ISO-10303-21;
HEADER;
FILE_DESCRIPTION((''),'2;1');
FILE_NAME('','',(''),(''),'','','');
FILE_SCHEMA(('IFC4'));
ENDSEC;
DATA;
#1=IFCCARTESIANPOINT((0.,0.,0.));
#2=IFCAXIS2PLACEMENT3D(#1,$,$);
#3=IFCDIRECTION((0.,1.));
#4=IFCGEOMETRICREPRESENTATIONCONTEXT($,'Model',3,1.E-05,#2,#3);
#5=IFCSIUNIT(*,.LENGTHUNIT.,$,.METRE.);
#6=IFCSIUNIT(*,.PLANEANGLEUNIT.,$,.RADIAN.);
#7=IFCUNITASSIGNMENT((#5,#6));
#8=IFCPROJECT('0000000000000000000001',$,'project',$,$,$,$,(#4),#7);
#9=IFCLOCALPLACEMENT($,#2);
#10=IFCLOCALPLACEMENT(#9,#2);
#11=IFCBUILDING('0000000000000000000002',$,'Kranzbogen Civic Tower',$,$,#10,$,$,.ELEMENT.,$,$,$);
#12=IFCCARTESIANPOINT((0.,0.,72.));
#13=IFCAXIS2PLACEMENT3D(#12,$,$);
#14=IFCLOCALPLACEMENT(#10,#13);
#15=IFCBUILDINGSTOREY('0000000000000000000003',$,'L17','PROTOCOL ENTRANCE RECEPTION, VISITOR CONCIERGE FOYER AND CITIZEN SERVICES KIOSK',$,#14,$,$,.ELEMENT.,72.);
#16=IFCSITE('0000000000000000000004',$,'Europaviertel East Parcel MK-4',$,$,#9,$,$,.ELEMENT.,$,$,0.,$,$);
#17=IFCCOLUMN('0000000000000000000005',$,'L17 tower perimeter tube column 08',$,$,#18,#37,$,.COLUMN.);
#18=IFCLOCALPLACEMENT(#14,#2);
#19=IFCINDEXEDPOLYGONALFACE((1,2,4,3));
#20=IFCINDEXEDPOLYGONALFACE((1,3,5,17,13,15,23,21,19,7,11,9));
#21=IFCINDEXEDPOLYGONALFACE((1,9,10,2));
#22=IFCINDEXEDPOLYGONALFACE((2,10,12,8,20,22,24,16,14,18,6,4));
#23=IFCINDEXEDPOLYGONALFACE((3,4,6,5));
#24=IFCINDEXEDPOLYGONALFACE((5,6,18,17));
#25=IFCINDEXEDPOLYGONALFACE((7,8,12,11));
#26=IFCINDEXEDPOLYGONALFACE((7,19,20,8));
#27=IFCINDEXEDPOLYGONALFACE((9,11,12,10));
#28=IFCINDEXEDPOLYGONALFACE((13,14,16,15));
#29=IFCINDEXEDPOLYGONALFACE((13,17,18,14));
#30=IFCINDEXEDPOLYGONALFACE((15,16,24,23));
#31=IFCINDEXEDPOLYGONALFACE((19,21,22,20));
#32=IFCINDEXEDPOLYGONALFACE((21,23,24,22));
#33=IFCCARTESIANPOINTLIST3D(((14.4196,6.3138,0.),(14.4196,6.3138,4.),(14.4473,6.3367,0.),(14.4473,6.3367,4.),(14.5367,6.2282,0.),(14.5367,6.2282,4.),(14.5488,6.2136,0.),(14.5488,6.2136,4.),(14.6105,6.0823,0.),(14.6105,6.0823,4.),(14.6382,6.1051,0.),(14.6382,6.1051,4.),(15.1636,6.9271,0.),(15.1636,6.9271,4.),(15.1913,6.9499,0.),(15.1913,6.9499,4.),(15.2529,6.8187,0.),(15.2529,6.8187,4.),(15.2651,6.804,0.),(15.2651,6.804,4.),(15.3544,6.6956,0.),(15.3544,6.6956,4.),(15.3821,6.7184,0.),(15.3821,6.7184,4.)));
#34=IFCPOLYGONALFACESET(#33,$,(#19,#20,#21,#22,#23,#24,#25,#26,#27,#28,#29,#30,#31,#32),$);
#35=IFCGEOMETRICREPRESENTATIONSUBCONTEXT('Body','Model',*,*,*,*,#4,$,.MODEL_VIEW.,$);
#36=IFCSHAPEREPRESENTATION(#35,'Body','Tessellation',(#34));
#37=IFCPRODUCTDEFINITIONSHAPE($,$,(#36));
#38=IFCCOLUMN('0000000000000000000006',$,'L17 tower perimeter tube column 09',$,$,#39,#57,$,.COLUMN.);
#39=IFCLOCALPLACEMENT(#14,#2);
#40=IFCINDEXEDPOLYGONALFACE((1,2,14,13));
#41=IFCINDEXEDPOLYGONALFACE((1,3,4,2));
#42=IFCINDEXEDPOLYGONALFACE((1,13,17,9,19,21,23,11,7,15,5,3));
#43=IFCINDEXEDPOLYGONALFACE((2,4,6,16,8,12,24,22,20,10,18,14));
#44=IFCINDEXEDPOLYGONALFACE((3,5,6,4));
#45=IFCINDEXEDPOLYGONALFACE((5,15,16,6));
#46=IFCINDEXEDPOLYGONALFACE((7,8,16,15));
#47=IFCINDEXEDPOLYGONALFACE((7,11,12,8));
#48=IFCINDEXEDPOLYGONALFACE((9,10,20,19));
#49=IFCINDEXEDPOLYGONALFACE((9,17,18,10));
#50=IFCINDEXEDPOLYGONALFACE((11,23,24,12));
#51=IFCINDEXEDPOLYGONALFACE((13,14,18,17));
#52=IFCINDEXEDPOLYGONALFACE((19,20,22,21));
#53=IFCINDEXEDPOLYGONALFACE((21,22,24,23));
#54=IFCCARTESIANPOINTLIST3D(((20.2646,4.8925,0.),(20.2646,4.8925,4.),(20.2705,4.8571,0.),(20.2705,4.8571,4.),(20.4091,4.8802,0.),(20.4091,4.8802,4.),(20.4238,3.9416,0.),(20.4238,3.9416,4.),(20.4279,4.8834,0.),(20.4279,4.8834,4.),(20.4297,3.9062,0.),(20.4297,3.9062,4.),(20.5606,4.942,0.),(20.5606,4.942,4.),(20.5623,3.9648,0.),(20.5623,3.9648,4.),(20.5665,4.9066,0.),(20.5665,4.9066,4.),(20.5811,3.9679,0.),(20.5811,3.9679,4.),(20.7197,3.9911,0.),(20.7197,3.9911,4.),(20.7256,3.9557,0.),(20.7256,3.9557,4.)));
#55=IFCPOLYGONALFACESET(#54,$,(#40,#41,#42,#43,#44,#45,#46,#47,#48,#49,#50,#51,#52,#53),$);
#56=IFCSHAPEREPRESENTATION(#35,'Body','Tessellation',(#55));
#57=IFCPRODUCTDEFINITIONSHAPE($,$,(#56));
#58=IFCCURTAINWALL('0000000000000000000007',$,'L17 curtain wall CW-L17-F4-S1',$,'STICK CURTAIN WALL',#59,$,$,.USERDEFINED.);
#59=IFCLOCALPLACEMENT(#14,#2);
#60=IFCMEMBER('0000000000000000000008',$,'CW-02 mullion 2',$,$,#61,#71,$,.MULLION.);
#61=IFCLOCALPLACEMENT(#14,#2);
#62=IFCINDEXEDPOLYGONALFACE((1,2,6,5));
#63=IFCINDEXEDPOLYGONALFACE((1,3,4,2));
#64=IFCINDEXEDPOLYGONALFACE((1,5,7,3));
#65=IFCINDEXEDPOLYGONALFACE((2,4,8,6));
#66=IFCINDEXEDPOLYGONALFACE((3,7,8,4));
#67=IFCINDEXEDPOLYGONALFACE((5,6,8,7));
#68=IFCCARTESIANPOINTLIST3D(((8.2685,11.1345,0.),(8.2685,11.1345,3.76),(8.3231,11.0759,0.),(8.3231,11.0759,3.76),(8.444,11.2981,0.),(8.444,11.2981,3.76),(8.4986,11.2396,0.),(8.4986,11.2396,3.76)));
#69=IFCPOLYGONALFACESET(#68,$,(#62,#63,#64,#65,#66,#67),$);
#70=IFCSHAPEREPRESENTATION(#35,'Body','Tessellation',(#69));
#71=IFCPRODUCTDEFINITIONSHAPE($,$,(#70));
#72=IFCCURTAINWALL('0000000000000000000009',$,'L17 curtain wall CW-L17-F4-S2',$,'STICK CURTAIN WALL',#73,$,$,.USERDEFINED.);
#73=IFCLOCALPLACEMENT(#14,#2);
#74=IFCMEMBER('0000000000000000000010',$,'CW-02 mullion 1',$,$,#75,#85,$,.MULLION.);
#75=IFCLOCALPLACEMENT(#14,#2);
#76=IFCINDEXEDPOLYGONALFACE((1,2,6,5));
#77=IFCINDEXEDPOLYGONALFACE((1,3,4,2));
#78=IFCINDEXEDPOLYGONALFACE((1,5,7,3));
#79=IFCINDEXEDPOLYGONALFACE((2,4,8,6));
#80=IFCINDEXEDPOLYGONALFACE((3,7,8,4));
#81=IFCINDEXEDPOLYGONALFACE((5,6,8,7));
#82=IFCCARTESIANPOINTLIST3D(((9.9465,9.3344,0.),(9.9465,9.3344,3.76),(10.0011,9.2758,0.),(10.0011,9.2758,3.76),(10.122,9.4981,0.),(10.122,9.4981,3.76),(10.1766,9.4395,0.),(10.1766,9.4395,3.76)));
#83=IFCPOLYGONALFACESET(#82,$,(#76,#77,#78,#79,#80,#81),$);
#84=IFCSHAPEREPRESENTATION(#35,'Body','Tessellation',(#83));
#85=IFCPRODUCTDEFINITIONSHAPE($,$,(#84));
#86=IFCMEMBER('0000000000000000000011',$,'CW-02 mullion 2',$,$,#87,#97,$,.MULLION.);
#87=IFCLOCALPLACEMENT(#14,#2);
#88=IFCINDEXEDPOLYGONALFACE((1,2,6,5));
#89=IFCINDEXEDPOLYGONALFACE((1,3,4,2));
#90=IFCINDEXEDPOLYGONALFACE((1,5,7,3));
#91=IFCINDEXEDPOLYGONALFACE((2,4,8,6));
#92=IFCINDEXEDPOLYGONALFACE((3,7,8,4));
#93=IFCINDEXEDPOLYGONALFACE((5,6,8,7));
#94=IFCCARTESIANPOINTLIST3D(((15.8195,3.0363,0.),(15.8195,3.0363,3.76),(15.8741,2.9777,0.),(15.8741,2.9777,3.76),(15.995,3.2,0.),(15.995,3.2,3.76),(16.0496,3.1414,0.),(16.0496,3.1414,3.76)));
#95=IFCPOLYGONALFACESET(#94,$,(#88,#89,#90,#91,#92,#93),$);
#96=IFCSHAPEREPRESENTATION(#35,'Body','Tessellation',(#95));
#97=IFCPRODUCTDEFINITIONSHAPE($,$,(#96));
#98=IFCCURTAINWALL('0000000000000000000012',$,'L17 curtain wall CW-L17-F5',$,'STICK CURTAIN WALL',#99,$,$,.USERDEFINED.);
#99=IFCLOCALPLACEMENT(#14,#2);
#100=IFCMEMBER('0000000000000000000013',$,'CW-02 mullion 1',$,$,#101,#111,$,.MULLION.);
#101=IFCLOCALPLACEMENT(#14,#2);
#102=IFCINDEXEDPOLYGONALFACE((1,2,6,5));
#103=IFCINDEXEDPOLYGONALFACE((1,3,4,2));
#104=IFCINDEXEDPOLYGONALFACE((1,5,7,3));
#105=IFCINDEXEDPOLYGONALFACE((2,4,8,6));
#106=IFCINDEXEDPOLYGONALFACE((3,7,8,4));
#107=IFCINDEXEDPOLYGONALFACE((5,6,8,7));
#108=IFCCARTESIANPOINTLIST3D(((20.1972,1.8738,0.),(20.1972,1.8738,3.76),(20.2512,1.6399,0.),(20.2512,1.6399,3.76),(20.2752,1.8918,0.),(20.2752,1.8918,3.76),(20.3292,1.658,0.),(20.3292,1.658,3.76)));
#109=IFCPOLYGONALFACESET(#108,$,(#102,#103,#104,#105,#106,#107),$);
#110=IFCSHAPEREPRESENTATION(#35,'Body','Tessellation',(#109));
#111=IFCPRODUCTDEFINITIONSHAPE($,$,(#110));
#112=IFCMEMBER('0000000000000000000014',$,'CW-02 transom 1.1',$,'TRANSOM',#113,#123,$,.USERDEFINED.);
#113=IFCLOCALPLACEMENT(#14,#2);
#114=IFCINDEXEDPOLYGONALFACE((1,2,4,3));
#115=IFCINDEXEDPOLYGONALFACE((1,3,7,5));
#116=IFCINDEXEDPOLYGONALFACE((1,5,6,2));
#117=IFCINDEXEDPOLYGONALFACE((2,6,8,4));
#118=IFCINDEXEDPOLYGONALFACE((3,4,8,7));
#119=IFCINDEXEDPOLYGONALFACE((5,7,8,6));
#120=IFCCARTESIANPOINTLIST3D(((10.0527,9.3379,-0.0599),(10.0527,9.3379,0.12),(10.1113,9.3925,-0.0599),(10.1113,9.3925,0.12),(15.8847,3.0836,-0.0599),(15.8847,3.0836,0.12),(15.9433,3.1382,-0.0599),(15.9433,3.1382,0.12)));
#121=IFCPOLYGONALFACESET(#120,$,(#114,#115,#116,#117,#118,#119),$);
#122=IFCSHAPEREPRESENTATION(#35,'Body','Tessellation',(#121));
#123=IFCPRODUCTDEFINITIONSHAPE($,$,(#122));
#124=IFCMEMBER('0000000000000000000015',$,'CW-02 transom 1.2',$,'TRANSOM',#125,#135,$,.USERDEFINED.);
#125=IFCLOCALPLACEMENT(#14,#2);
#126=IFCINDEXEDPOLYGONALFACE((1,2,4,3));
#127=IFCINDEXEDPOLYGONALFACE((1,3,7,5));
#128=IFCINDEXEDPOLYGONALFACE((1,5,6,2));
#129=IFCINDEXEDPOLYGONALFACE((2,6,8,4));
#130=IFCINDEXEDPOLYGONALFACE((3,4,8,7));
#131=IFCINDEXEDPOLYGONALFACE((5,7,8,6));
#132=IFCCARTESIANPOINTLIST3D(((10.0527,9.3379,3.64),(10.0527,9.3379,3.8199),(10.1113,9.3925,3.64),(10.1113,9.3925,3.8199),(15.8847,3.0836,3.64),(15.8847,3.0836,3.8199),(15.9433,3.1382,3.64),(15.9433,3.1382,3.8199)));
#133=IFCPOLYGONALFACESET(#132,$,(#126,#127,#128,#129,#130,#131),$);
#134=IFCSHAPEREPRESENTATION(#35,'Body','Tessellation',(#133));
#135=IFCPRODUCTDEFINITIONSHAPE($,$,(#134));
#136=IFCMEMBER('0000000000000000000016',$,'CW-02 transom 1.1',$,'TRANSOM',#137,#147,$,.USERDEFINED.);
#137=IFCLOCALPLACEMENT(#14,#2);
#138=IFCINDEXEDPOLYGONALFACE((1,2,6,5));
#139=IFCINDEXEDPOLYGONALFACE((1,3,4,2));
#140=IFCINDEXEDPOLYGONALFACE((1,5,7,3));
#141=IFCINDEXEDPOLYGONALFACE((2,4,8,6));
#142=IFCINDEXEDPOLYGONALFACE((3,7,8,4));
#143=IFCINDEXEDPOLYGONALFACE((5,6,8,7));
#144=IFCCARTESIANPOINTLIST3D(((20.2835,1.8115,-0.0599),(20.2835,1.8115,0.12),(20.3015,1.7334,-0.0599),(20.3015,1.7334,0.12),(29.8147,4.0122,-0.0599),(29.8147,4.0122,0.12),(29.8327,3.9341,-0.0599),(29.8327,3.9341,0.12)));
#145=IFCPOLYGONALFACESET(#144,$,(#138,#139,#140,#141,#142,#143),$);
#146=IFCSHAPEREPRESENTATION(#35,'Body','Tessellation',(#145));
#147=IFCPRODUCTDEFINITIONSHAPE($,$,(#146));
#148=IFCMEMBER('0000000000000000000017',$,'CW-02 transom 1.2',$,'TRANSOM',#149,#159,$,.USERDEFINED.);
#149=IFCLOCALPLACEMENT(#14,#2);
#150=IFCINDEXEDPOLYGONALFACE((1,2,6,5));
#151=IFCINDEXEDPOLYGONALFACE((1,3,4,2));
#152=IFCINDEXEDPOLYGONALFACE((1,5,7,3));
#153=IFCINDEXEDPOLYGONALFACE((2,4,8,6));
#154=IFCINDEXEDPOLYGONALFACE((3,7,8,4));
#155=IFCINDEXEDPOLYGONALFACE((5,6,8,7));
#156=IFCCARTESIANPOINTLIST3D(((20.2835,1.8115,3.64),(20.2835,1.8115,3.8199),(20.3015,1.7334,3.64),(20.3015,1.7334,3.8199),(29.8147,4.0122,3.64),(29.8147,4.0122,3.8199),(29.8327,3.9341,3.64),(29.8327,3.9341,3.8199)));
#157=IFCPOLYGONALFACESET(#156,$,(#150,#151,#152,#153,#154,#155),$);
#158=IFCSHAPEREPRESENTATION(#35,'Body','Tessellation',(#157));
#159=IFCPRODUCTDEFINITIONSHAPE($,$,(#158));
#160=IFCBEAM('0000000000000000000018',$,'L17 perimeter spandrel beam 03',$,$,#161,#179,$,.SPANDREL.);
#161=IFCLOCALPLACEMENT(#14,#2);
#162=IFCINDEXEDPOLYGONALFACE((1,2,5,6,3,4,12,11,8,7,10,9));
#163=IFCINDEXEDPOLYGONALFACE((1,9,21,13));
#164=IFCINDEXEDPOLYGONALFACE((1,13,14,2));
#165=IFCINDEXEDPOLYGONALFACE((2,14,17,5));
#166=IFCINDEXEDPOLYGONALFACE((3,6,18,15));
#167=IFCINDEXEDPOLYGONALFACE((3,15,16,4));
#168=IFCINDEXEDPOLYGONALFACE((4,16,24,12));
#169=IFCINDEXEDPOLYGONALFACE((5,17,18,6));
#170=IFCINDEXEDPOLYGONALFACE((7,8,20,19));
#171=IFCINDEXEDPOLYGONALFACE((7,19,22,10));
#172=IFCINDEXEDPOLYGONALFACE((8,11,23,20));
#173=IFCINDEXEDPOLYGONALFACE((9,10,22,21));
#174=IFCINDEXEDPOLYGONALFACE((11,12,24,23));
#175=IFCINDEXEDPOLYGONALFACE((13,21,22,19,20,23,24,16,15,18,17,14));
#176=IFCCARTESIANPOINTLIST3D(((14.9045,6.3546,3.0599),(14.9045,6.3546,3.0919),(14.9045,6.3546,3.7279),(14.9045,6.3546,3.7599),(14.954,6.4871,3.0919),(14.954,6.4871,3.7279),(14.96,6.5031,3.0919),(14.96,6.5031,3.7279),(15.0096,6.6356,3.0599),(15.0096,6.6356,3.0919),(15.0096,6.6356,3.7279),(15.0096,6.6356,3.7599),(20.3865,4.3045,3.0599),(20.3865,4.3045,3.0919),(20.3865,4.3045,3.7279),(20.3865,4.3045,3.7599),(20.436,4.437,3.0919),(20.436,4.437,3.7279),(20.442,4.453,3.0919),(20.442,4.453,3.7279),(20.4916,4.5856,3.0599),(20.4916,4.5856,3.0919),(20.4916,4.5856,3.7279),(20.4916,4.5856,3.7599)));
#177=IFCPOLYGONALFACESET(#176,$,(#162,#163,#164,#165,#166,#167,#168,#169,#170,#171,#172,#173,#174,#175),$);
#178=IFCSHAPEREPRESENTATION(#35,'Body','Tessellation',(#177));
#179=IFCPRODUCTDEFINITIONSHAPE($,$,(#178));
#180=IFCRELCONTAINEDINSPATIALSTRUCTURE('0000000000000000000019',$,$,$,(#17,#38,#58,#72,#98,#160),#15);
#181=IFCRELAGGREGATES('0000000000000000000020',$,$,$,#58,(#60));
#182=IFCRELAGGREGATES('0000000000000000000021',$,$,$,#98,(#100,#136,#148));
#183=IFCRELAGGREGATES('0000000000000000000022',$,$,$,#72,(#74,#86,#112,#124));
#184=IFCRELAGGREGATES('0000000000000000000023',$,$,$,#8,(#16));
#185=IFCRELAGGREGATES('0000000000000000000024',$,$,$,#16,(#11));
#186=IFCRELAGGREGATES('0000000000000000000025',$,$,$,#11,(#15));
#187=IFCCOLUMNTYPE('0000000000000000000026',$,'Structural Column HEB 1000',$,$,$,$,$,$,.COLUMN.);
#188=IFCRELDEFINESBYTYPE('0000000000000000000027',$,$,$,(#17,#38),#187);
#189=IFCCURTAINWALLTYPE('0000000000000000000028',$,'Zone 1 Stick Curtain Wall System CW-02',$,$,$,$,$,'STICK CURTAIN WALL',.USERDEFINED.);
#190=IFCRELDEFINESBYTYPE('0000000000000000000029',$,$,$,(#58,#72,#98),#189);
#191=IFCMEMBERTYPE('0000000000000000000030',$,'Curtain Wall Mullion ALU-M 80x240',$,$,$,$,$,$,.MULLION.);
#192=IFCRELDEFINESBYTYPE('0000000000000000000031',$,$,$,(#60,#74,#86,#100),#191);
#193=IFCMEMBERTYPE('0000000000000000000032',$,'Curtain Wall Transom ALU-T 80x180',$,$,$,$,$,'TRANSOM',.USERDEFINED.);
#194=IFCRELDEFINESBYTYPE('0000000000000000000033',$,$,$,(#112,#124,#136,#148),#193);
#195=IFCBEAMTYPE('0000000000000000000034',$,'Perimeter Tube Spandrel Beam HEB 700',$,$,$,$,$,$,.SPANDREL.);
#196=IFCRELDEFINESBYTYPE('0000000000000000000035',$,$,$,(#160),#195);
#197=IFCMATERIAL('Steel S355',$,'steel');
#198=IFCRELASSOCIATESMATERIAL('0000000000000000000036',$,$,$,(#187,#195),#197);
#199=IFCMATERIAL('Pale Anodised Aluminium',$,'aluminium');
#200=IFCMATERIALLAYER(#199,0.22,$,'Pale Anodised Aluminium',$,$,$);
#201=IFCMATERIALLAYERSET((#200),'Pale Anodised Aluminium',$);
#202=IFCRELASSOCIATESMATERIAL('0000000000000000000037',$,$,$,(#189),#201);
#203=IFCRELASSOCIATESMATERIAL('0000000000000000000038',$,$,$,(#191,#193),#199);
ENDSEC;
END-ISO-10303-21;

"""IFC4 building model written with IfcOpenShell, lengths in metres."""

from ifc_helpers import new_model, si_unit, direction, frame, origin, origin_2d, place, context, subcontext, project, spatial, rectangle, i_section, extrude, material, layer, layer_set, material_profile, profile_set, type_object, element, aggregate, save


model = new_model("IFC4")

# Units and contexts
model_context = context("Model", 3, precision=1e-05, world=origin(), true_north=direction((0.0, 1.0)))
body_context = subcontext(model_context, "Body", "Model", "MODEL_VIEW")
ifc_project = project(units=[si_unit("LENGTHUNIT", "METRE"), si_unit("PLANEANGLEUNIT", "RADIAN")], contexts=[model_context])

# Site, building, storey
site_placement = place(None, origin())
site = spatial("IfcSite", under=ifc_project, at=site_placement, Name="Europaviertel East Parcel MK-4", CompositionType="ELEMENT", RefElevation=0.0)
building_placement = place(site_placement, origin())
building = spatial("IfcBuilding", under=site, at=building_placement, Name="Kranzbogen Civic Tower", CompositionType="ELEMENT")
storey_placement = place(building_placement, frame((0.0, 0.0, 72.0)))
storey = spatial("IfcBuildingStorey", under=building, at=storey_placement, Name="L17", Description="PROTOCOL ENTRANCE RECEPTION, VISITOR CONCIERGE FOYER AND CITIZEN SERVICES KIOSK", CompositionType="ELEMENT", Elevation=72.0)

# Columns
ifc_material_1 = material(Name="Steel S355", Category="steel")
ifc_material_profile_1 = material_profile(ifc_material_1, i_section(OverallWidth=0.3, OverallDepth=1.0, WebThickness=0.019, FlangeThickness=0.0359, at=origin_2d()), Name="HEB 1000")
ifc_profile_set_1 = profile_set([ifc_material_profile_1], Name="Steel S355")
column_type = type_object("IfcColumnType", Name="Structural Column HEB 1000", PredefinedType="COLUMN", material=ifc_profile_set_1)
for number, where, z_axis, x_axis, name in (
    (1, (14.9009, 6.5161, 0.0), (0.0, 0.0, 1.0), (-0.636078, 0.771625, 0.0), "L17 tower perimeter tube column 08"),
    (2, (20.4951, 4.4241, 0.0), (0.0, 0.0, 1.0), (0.986286, 0.165048, 0.0), "L17 tower perimeter tube column 09"),
):
    element("IfcColumn", number, at=place(storey_placement, frame(where, z_axis=z_axis, x_axis=x_axis)), inside=storey, type_object=column_type, Name=name, PredefinedType="COLUMN", context=body_context, shape_type="SweptSolid", body=[
        extrude(i_section(OverallWidth=0.3, OverallDepth=1.0, WebThickness=0.019, FlangeThickness=0.0359, at=origin_2d()), origin(), (0.0, 0.0, 1.0), 4.0),
    ])

# Curtain wall, member
ifc_material_2 = material(Name="Pale Anodised Aluminium", Category="aluminium")
ifc_layer_1 = layer(ifc_material_2, 0.22, Name="Pale Anodised Aluminium")
ifc_layer_set_1 = layer_set([ifc_layer_1], Name="Pale Anodised Aluminium")
curtain_wall_type = type_object("IfcCurtainWallType", Name="Zone 1 Stick Curtain Wall System CW-02", ElementType="STICK CURTAIN WALL", PredefinedType="USERDEFINED", material=ifc_layer_set_1)
curtain_wall_1_placement = place(storey_placement, origin())
curtain_wall_1 = element("IfcCurtainWall", 3, at=curtain_wall_1_placement, inside=storey, type_object=curtain_wall_type, Name="L17 curtain wall CW-L17-F4-S1", ObjectType="STICK CURTAIN WALL", PredefinedType="USERDEFINED")
ifc_material_profile_2 = material_profile(ifc_material_2, rectangle(XDim=0.0801, YDim=0.24, at=origin_2d()), Name="ALU-M 80x240")
ifc_profile_set_2 = profile_set([ifc_material_profile_2], Name="Pale Anodised Aluminium")
member_type_1 = type_object("IfcMemberType", Name="Curtain Wall Mullion ALU-M 80x240", PredefinedType="MULLION", material=ifc_profile_set_2)
member_1_placement = place(storey_placement, frame((8.3835, 11.187, 0.0), z_axis=(0.0, 0.0, 1.0), x_axis=(0.681998, -0.731354, 0.0)))
member_1 = element("IfcMember", 4, at=member_1_placement, type_object=member_type_1, Name="CW-02 mullion 2", PredefinedType="MULLION", context=body_context, shape_type="SweptSolid", body=[
    extrude(rectangle(XDim=0.0801, YDim=0.24, at=origin_2d()), origin(), (0.0, 0.0, 1.0), 3.76),
])
aggregate(curtain_wall_1, [member_1])

# Curtain wall, members
curtain_wall_2_placement = place(storey_placement, origin())
curtain_wall_2 = element("IfcCurtainWall", 5, at=curtain_wall_2_placement, inside=storey, type_object=curtain_wall_type, Name="L17 curtain wall CW-L17-F4-S2", ObjectType="STICK CURTAIN WALL", PredefinedType="USERDEFINED")
member_2_placement = place(storey_placement, frame((10.0615, 9.387, 0.0), z_axis=(0.0, 0.0, 1.0), x_axis=(0.681998, -0.731354, 0.0)))
member_2 = element("IfcMember", 6, at=member_2_placement, type_object=member_type_1, Name="CW-02 mullion 1", PredefinedType="MULLION", context=body_context, shape_type="SweptSolid", body=[
    extrude(rectangle(XDim=0.0801, YDim=0.24, at=origin_2d()), origin(), (0.0, 0.0, 1.0), 3.76),
])
member_3_placement = place(storey_placement, frame((15.9346, 3.0889, 0.0), z_axis=(0.0, 0.0, 1.0), x_axis=(0.681998, -0.731354, 0.0)))
member_3 = element("IfcMember", 7, at=member_3_placement, type_object=member_type_1, Name="CW-02 mullion 2", PredefinedType="MULLION", context=body_context, shape_type="SweptSolid", body=[
    extrude(rectangle(XDim=0.0801, YDim=0.24, at=origin_2d()), origin(), (0.0, 0.0, 1.0), 3.76),
])

# Curtain wall, member
curtain_wall_3_placement = place(storey_placement, origin())
curtain_wall_3 = element("IfcCurtainWall", 8, at=curtain_wall_3_placement, inside=storey, type_object=curtain_wall_type, Name="L17 curtain wall CW-L17-F5", ObjectType="STICK CURTAIN WALL", PredefinedType="USERDEFINED")
member_4_placement = place(storey_placement, frame((20.2632, 1.7659, 0.0), z_axis=(0.0, 0.0, 1.0), x_axis=(0.974364, 0.224978, 0.0)))
member_4 = element("IfcMember", 9, at=member_4_placement, type_object=member_type_1, Name="CW-02 mullion 1", PredefinedType="MULLION", context=body_context, shape_type="SweptSolid", body=[
    extrude(rectangle(XDim=0.0801, YDim=0.24, at=origin_2d()), origin(), (0.0, 0.0, 1.0), 3.76),
])

# Members
ifc_material_profile_3 = material_profile(ifc_material_2, rectangle(XDim=0.0801, YDim=0.1799, at=origin_2d()), Name="ALU-T 80x180")
ifc_profile_set_3 = profile_set([ifc_material_profile_3], Name="Pale Anodised Aluminium")
member_type_2 = type_object("IfcMemberType", Name="Curtain Wall Transom ALU-T 80x180", ElementType="TRANSOM", PredefinedType="USERDEFINED", material=ifc_profile_set_3)
member_5_placement = place(storey_placement, frame((10.082, 9.3652, 0.03), z_axis=(0.68198, -0.73137, 0.0), x_axis=(0.73137, 0.68198, 0.0)))
member_5 = element("IfcMember", 10, at=member_5_placement, type_object=member_type_2, Name="CW-02 transom 1.1", ObjectType="TRANSOM", PredefinedType="USERDEFINED", context=body_context, shape_type="SweptSolid", body=[
    extrude(rectangle(XDim=0.0801, YDim=0.1799, at=origin_2d()), origin(), (0.0, 0.0, 1.0), 8.5515),
])
member_6_placement = place(storey_placement, frame((10.082, 9.3652, 3.73), z_axis=(0.68198, -0.73137, 0.0), x_axis=(0.73137, 0.68198, 0.0)))
member_6 = element("IfcMember", 11, at=member_6_placement, type_object=member_type_2, Name="CW-02 transom 1.2", ObjectType="TRANSOM", PredefinedType="USERDEFINED", context=body_context, shape_type="SweptSolid", body=[
    extrude(rectangle(XDim=0.0801, YDim=0.1799, at=origin_2d()), origin(), (0.0, 0.0, 1.0), 8.5515),
])
member_7_placement = place(storey_placement, frame((20.2925, 1.7725, 0.03), z_axis=(0.974365, 0.224973, 0.0), x_axis=(-0.224973, 0.974365, 0.0)))
member_7 = element("IfcMember", 12, at=member_7_placement, type_object=member_type_2, Name="CW-02 transom 1.1", ObjectType="TRANSOM", PredefinedType="USERDEFINED", context=body_context, shape_type="SweptSolid", body=[
    extrude(rectangle(XDim=0.0801, YDim=0.1799, at=origin_2d()), origin(), (0.0, 0.0, 1.0), 9.782),
])
member_8_placement = place(storey_placement, frame((20.2925, 1.7725, 3.73), z_axis=(0.974365, 0.224973, 0.0), x_axis=(-0.224973, 0.974365, 0.0)))
member_8 = element("IfcMember", 13, at=member_8_placement, type_object=member_type_2, Name="CW-02 transom 1.2", ObjectType="TRANSOM", PredefinedType="USERDEFINED", context=body_context, shape_type="SweptSolid", body=[
    extrude(rectangle(XDim=0.0801, YDim=0.1799, at=origin_2d()), origin(), (0.0, 0.0, 1.0), 9.782),
])
aggregate(curtain_wall_3, [member_4, member_7, member_8])

# Beam
ifc_material_profile_4 = material_profile(ifc_material_1, i_section(OverallWidth=0.3, OverallDepth=0.7, WebThickness=0.0171, FlangeThickness=0.032, at=origin_2d()), Name="HEB 700")
ifc_profile_set_4 = profile_set([ifc_material_profile_4], Name="Steel S355")
beam_type_1 = type_object("IfcBeamType", Name="Perimeter Tube Spandrel Beam HEB 700", PredefinedType="SPANDREL", material=ifc_profile_set_4)
beam_1_placement = place(storey_placement, frame((14.957, 6.4951, 3.4099), z_axis=(0.936648, -0.350273, 0.0), x_axis=(0.350273, 0.936648, 0.0)))
element("IfcBeam", 14, at=beam_1_placement, inside=storey, type_object=beam_type_1, Name="L17 perimeter spandrel beam 03", PredefinedType="SPANDREL", context=body_context, shape_type="SweptSolid", body=[
    extrude(i_section(OverallWidth=0.3, OverallDepth=0.7, WebThickness=0.0171, FlangeThickness=0.032, at=origin_2d()), origin(), (0.0, 0.0, 1.0), 5.8528),
])

aggregate(curtain_wall_2, [member_2, member_3, member_5, member_6])

save(model, "model.ifc")
